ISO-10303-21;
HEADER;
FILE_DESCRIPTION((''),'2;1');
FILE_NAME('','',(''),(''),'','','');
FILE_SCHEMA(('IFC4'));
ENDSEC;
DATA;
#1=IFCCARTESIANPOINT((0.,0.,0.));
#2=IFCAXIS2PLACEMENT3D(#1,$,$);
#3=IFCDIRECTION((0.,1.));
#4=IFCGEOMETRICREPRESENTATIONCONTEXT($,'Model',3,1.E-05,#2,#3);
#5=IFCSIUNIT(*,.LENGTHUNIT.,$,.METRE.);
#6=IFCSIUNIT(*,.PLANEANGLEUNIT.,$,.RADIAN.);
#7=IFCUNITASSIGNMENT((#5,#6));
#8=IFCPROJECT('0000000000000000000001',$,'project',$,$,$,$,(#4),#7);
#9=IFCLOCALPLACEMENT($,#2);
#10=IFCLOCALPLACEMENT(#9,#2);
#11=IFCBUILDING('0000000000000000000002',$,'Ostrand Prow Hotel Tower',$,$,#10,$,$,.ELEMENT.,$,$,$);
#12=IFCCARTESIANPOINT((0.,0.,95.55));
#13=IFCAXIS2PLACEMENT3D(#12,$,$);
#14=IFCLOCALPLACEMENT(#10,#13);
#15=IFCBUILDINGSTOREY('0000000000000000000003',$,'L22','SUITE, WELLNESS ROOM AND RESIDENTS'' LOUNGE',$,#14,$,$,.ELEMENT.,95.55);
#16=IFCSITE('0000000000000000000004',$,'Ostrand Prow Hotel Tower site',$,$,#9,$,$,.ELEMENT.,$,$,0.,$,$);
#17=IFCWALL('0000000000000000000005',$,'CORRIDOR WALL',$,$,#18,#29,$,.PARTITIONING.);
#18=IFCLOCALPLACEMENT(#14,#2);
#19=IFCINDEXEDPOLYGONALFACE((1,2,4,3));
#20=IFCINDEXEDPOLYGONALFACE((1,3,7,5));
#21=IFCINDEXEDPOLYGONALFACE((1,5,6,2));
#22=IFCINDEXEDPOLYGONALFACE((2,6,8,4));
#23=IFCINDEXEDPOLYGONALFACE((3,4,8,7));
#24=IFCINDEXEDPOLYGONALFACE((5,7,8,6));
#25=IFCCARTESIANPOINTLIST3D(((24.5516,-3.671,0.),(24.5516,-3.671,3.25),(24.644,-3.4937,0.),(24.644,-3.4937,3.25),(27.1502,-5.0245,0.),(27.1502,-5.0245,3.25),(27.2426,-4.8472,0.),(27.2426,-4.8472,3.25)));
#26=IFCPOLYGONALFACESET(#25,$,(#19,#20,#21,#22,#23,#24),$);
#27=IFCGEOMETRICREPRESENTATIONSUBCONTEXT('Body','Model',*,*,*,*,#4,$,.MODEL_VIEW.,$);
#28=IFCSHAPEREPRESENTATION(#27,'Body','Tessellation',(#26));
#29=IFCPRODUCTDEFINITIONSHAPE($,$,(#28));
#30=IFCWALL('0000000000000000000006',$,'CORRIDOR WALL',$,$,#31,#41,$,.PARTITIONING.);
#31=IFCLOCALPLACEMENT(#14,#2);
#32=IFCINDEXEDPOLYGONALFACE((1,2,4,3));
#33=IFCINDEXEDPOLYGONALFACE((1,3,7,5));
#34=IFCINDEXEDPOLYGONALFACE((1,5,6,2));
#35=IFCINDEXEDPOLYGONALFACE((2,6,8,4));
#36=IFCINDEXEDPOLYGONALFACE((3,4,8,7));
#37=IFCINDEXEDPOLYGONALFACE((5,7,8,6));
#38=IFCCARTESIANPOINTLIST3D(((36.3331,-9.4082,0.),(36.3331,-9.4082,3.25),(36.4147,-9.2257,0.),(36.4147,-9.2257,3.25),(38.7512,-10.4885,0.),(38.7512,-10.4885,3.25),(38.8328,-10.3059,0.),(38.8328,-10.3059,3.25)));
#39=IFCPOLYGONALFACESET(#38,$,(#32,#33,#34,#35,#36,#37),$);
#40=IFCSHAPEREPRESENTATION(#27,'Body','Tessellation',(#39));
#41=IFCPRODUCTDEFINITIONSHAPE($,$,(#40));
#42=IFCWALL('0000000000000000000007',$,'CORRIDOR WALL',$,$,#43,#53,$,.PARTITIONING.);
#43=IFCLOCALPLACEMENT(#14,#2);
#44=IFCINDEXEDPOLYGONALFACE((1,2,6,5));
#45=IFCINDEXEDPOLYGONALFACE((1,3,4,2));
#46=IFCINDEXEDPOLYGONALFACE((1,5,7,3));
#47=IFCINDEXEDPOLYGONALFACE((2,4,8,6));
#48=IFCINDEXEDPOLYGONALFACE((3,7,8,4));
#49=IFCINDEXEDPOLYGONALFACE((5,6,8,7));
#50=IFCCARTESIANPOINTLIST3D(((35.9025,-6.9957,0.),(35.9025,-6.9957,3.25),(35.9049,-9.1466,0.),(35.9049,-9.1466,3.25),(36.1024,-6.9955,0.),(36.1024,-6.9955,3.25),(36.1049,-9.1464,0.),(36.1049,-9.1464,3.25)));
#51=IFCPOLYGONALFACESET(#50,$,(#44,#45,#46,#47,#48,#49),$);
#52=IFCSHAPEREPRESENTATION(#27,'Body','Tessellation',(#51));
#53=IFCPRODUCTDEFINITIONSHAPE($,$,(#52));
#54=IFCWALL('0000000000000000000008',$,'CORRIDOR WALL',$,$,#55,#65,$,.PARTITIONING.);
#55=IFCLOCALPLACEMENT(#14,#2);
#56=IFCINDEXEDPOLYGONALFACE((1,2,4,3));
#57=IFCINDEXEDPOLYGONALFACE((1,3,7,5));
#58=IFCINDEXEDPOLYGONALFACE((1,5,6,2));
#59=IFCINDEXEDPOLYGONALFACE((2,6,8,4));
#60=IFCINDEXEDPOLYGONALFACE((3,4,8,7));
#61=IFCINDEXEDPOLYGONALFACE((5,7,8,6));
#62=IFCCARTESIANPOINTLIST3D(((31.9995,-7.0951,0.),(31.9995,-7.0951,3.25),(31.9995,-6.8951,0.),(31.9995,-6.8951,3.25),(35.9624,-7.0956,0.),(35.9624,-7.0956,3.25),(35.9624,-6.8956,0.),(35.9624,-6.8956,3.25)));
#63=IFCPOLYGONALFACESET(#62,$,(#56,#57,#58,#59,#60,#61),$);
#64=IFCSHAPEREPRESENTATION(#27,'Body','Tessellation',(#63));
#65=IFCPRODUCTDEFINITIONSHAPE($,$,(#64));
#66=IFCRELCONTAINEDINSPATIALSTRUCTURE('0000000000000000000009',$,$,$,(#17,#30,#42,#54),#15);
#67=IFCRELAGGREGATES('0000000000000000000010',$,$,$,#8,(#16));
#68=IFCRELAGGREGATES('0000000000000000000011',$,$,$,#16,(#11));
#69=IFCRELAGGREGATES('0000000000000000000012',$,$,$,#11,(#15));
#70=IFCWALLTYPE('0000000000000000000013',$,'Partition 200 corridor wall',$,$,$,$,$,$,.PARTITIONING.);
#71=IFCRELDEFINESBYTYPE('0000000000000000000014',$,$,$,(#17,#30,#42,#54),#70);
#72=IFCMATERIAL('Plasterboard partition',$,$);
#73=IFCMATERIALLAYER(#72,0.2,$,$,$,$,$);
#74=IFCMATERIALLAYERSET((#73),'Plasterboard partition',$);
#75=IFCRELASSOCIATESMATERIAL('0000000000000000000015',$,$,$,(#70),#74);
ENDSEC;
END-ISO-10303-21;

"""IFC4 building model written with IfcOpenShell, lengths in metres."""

from ifc_helpers import new_model, si_unit, direction, frame, frame_2d, origin, place, context, subcontext, project, spatial, rectangle, extrude, material, layer, layer_set, type_object, element, save


model = new_model("IFC4")

# Units and contexts
model_context = context("Model", 3, precision=1e-05, world=origin(), true_north=direction((0.0, 1.0)))
body_context = subcontext(model_context, "Body", "Model", "MODEL_VIEW")
ifc_project = project(units=[si_unit("LENGTHUNIT", "METRE"), si_unit("PLANEANGLEUNIT", "RADIAN")], contexts=[model_context])

# Site, building, storey
site_placement = place(None, origin())
site = spatial("IfcSite", under=ifc_project, at=site_placement, Name="Ostrand Prow Hotel Tower site", CompositionType="ELEMENT", RefElevation=0.0)
building_placement = place(site_placement, origin())
building = spatial("IfcBuilding", under=site, at=building_placement, Name="Ostrand Prow Hotel Tower", CompositionType="ELEMENT")
storey_placement = place(building_placement, frame((0.0, 0.0, 95.55)))
storey = spatial("IfcBuildingStorey", under=building, at=storey_placement, Name="L22", Description="SUITE, WELLNESS ROOM AND RESIDENTS' LOUNGE", CompositionType="ELEMENT", Elevation=95.55)

# Shared definitions
ifc_material_1 = material(Name="Plasterboard partition")
ifc_layer_1 = layer(ifc_material_1, 0.2)
ifc_layer_set_1 = layer_set([ifc_layer_1], Name="Plasterboard partition")
wall_type_1 = type_object("IfcWallType", Name="Partition 200 corridor wall", PredefinedType="PARTITIONING", material=ifc_layer_set_1)

# Walls
wall_1_placement = place(storey_placement, frame((27.1963, -4.9358, 0.0), z_axis=(0.0, 0.0, 1.0), x_axis=(-0.886906, 0.461951, 0.0)))
element("IfcWall", 1, at=wall_1_placement, inside=storey, type_object=wall_type_1, Name="CORRIDOR WALL", PredefinedType="PARTITIONING", context=body_context, shape_type="SweptSolid", body=[
    extrude(rectangle(XDim=2.9299, YDim=0.2, at=frame_2d((1.4648, 0.0))), origin(), (0.0, 0.0, 1.0), 3.25),
])
wall_2_placement = place(storey_placement, frame((38.792, -10.3972, 0.0), z_axis=(0.0, 0.0, 1.0), x_axis=(-0.913031, 0.407891, 0.0)))
element("IfcWall", 2, at=wall_2_placement, inside=storey, type_object=wall_type_1, Name="CORRIDOR WALL", PredefinedType="PARTITIONING", context=body_context, shape_type="SweptSolid", body=[
    extrude(rectangle(XDim=2.6484, YDim=0.2, at=frame_2d((1.3242, 0.0))), origin(), (0.0, 0.0, 1.0), 3.25),
])
wall_3_placement = place(storey_placement, frame((36.0049, -9.1465, 0.0), z_axis=(0.0, 0.0, 1.0), x_axis=(-0.001135, 0.999999, 0.0)))
element("IfcWall", 3, at=wall_3_placement, inside=storey, type_object=wall_type_1, Name="CORRIDOR WALL", PredefinedType="PARTITIONING", context=body_context, shape_type="SweptSolid", body=[
    extrude(rectangle(XDim=2.1509, YDim=0.2, at=frame_2d((1.0754, 0.0))), origin(), (0.0, 0.0, 1.0), 3.25),
])
wall_4_placement = place(storey_placement, frame((35.9624, -6.9956, 0.0), z_axis=(0.0, 0.0, 1.0), x_axis=(-1.0, 0.000123, 0.0)))
element("IfcWall", 4, at=wall_4_placement, inside=storey, type_object=wall_type_1, Name="CORRIDOR WALL", PredefinedType="PARTITIONING", context=body_context, shape_type="SweptSolid", body=[
    extrude(rectangle(XDim=3.9629, YDim=0.2, at=frame_2d((1.9814, 0.0))), origin(), (0.0, 0.0, 1.0), 3.25),
])

save(model, "model.ifc")
